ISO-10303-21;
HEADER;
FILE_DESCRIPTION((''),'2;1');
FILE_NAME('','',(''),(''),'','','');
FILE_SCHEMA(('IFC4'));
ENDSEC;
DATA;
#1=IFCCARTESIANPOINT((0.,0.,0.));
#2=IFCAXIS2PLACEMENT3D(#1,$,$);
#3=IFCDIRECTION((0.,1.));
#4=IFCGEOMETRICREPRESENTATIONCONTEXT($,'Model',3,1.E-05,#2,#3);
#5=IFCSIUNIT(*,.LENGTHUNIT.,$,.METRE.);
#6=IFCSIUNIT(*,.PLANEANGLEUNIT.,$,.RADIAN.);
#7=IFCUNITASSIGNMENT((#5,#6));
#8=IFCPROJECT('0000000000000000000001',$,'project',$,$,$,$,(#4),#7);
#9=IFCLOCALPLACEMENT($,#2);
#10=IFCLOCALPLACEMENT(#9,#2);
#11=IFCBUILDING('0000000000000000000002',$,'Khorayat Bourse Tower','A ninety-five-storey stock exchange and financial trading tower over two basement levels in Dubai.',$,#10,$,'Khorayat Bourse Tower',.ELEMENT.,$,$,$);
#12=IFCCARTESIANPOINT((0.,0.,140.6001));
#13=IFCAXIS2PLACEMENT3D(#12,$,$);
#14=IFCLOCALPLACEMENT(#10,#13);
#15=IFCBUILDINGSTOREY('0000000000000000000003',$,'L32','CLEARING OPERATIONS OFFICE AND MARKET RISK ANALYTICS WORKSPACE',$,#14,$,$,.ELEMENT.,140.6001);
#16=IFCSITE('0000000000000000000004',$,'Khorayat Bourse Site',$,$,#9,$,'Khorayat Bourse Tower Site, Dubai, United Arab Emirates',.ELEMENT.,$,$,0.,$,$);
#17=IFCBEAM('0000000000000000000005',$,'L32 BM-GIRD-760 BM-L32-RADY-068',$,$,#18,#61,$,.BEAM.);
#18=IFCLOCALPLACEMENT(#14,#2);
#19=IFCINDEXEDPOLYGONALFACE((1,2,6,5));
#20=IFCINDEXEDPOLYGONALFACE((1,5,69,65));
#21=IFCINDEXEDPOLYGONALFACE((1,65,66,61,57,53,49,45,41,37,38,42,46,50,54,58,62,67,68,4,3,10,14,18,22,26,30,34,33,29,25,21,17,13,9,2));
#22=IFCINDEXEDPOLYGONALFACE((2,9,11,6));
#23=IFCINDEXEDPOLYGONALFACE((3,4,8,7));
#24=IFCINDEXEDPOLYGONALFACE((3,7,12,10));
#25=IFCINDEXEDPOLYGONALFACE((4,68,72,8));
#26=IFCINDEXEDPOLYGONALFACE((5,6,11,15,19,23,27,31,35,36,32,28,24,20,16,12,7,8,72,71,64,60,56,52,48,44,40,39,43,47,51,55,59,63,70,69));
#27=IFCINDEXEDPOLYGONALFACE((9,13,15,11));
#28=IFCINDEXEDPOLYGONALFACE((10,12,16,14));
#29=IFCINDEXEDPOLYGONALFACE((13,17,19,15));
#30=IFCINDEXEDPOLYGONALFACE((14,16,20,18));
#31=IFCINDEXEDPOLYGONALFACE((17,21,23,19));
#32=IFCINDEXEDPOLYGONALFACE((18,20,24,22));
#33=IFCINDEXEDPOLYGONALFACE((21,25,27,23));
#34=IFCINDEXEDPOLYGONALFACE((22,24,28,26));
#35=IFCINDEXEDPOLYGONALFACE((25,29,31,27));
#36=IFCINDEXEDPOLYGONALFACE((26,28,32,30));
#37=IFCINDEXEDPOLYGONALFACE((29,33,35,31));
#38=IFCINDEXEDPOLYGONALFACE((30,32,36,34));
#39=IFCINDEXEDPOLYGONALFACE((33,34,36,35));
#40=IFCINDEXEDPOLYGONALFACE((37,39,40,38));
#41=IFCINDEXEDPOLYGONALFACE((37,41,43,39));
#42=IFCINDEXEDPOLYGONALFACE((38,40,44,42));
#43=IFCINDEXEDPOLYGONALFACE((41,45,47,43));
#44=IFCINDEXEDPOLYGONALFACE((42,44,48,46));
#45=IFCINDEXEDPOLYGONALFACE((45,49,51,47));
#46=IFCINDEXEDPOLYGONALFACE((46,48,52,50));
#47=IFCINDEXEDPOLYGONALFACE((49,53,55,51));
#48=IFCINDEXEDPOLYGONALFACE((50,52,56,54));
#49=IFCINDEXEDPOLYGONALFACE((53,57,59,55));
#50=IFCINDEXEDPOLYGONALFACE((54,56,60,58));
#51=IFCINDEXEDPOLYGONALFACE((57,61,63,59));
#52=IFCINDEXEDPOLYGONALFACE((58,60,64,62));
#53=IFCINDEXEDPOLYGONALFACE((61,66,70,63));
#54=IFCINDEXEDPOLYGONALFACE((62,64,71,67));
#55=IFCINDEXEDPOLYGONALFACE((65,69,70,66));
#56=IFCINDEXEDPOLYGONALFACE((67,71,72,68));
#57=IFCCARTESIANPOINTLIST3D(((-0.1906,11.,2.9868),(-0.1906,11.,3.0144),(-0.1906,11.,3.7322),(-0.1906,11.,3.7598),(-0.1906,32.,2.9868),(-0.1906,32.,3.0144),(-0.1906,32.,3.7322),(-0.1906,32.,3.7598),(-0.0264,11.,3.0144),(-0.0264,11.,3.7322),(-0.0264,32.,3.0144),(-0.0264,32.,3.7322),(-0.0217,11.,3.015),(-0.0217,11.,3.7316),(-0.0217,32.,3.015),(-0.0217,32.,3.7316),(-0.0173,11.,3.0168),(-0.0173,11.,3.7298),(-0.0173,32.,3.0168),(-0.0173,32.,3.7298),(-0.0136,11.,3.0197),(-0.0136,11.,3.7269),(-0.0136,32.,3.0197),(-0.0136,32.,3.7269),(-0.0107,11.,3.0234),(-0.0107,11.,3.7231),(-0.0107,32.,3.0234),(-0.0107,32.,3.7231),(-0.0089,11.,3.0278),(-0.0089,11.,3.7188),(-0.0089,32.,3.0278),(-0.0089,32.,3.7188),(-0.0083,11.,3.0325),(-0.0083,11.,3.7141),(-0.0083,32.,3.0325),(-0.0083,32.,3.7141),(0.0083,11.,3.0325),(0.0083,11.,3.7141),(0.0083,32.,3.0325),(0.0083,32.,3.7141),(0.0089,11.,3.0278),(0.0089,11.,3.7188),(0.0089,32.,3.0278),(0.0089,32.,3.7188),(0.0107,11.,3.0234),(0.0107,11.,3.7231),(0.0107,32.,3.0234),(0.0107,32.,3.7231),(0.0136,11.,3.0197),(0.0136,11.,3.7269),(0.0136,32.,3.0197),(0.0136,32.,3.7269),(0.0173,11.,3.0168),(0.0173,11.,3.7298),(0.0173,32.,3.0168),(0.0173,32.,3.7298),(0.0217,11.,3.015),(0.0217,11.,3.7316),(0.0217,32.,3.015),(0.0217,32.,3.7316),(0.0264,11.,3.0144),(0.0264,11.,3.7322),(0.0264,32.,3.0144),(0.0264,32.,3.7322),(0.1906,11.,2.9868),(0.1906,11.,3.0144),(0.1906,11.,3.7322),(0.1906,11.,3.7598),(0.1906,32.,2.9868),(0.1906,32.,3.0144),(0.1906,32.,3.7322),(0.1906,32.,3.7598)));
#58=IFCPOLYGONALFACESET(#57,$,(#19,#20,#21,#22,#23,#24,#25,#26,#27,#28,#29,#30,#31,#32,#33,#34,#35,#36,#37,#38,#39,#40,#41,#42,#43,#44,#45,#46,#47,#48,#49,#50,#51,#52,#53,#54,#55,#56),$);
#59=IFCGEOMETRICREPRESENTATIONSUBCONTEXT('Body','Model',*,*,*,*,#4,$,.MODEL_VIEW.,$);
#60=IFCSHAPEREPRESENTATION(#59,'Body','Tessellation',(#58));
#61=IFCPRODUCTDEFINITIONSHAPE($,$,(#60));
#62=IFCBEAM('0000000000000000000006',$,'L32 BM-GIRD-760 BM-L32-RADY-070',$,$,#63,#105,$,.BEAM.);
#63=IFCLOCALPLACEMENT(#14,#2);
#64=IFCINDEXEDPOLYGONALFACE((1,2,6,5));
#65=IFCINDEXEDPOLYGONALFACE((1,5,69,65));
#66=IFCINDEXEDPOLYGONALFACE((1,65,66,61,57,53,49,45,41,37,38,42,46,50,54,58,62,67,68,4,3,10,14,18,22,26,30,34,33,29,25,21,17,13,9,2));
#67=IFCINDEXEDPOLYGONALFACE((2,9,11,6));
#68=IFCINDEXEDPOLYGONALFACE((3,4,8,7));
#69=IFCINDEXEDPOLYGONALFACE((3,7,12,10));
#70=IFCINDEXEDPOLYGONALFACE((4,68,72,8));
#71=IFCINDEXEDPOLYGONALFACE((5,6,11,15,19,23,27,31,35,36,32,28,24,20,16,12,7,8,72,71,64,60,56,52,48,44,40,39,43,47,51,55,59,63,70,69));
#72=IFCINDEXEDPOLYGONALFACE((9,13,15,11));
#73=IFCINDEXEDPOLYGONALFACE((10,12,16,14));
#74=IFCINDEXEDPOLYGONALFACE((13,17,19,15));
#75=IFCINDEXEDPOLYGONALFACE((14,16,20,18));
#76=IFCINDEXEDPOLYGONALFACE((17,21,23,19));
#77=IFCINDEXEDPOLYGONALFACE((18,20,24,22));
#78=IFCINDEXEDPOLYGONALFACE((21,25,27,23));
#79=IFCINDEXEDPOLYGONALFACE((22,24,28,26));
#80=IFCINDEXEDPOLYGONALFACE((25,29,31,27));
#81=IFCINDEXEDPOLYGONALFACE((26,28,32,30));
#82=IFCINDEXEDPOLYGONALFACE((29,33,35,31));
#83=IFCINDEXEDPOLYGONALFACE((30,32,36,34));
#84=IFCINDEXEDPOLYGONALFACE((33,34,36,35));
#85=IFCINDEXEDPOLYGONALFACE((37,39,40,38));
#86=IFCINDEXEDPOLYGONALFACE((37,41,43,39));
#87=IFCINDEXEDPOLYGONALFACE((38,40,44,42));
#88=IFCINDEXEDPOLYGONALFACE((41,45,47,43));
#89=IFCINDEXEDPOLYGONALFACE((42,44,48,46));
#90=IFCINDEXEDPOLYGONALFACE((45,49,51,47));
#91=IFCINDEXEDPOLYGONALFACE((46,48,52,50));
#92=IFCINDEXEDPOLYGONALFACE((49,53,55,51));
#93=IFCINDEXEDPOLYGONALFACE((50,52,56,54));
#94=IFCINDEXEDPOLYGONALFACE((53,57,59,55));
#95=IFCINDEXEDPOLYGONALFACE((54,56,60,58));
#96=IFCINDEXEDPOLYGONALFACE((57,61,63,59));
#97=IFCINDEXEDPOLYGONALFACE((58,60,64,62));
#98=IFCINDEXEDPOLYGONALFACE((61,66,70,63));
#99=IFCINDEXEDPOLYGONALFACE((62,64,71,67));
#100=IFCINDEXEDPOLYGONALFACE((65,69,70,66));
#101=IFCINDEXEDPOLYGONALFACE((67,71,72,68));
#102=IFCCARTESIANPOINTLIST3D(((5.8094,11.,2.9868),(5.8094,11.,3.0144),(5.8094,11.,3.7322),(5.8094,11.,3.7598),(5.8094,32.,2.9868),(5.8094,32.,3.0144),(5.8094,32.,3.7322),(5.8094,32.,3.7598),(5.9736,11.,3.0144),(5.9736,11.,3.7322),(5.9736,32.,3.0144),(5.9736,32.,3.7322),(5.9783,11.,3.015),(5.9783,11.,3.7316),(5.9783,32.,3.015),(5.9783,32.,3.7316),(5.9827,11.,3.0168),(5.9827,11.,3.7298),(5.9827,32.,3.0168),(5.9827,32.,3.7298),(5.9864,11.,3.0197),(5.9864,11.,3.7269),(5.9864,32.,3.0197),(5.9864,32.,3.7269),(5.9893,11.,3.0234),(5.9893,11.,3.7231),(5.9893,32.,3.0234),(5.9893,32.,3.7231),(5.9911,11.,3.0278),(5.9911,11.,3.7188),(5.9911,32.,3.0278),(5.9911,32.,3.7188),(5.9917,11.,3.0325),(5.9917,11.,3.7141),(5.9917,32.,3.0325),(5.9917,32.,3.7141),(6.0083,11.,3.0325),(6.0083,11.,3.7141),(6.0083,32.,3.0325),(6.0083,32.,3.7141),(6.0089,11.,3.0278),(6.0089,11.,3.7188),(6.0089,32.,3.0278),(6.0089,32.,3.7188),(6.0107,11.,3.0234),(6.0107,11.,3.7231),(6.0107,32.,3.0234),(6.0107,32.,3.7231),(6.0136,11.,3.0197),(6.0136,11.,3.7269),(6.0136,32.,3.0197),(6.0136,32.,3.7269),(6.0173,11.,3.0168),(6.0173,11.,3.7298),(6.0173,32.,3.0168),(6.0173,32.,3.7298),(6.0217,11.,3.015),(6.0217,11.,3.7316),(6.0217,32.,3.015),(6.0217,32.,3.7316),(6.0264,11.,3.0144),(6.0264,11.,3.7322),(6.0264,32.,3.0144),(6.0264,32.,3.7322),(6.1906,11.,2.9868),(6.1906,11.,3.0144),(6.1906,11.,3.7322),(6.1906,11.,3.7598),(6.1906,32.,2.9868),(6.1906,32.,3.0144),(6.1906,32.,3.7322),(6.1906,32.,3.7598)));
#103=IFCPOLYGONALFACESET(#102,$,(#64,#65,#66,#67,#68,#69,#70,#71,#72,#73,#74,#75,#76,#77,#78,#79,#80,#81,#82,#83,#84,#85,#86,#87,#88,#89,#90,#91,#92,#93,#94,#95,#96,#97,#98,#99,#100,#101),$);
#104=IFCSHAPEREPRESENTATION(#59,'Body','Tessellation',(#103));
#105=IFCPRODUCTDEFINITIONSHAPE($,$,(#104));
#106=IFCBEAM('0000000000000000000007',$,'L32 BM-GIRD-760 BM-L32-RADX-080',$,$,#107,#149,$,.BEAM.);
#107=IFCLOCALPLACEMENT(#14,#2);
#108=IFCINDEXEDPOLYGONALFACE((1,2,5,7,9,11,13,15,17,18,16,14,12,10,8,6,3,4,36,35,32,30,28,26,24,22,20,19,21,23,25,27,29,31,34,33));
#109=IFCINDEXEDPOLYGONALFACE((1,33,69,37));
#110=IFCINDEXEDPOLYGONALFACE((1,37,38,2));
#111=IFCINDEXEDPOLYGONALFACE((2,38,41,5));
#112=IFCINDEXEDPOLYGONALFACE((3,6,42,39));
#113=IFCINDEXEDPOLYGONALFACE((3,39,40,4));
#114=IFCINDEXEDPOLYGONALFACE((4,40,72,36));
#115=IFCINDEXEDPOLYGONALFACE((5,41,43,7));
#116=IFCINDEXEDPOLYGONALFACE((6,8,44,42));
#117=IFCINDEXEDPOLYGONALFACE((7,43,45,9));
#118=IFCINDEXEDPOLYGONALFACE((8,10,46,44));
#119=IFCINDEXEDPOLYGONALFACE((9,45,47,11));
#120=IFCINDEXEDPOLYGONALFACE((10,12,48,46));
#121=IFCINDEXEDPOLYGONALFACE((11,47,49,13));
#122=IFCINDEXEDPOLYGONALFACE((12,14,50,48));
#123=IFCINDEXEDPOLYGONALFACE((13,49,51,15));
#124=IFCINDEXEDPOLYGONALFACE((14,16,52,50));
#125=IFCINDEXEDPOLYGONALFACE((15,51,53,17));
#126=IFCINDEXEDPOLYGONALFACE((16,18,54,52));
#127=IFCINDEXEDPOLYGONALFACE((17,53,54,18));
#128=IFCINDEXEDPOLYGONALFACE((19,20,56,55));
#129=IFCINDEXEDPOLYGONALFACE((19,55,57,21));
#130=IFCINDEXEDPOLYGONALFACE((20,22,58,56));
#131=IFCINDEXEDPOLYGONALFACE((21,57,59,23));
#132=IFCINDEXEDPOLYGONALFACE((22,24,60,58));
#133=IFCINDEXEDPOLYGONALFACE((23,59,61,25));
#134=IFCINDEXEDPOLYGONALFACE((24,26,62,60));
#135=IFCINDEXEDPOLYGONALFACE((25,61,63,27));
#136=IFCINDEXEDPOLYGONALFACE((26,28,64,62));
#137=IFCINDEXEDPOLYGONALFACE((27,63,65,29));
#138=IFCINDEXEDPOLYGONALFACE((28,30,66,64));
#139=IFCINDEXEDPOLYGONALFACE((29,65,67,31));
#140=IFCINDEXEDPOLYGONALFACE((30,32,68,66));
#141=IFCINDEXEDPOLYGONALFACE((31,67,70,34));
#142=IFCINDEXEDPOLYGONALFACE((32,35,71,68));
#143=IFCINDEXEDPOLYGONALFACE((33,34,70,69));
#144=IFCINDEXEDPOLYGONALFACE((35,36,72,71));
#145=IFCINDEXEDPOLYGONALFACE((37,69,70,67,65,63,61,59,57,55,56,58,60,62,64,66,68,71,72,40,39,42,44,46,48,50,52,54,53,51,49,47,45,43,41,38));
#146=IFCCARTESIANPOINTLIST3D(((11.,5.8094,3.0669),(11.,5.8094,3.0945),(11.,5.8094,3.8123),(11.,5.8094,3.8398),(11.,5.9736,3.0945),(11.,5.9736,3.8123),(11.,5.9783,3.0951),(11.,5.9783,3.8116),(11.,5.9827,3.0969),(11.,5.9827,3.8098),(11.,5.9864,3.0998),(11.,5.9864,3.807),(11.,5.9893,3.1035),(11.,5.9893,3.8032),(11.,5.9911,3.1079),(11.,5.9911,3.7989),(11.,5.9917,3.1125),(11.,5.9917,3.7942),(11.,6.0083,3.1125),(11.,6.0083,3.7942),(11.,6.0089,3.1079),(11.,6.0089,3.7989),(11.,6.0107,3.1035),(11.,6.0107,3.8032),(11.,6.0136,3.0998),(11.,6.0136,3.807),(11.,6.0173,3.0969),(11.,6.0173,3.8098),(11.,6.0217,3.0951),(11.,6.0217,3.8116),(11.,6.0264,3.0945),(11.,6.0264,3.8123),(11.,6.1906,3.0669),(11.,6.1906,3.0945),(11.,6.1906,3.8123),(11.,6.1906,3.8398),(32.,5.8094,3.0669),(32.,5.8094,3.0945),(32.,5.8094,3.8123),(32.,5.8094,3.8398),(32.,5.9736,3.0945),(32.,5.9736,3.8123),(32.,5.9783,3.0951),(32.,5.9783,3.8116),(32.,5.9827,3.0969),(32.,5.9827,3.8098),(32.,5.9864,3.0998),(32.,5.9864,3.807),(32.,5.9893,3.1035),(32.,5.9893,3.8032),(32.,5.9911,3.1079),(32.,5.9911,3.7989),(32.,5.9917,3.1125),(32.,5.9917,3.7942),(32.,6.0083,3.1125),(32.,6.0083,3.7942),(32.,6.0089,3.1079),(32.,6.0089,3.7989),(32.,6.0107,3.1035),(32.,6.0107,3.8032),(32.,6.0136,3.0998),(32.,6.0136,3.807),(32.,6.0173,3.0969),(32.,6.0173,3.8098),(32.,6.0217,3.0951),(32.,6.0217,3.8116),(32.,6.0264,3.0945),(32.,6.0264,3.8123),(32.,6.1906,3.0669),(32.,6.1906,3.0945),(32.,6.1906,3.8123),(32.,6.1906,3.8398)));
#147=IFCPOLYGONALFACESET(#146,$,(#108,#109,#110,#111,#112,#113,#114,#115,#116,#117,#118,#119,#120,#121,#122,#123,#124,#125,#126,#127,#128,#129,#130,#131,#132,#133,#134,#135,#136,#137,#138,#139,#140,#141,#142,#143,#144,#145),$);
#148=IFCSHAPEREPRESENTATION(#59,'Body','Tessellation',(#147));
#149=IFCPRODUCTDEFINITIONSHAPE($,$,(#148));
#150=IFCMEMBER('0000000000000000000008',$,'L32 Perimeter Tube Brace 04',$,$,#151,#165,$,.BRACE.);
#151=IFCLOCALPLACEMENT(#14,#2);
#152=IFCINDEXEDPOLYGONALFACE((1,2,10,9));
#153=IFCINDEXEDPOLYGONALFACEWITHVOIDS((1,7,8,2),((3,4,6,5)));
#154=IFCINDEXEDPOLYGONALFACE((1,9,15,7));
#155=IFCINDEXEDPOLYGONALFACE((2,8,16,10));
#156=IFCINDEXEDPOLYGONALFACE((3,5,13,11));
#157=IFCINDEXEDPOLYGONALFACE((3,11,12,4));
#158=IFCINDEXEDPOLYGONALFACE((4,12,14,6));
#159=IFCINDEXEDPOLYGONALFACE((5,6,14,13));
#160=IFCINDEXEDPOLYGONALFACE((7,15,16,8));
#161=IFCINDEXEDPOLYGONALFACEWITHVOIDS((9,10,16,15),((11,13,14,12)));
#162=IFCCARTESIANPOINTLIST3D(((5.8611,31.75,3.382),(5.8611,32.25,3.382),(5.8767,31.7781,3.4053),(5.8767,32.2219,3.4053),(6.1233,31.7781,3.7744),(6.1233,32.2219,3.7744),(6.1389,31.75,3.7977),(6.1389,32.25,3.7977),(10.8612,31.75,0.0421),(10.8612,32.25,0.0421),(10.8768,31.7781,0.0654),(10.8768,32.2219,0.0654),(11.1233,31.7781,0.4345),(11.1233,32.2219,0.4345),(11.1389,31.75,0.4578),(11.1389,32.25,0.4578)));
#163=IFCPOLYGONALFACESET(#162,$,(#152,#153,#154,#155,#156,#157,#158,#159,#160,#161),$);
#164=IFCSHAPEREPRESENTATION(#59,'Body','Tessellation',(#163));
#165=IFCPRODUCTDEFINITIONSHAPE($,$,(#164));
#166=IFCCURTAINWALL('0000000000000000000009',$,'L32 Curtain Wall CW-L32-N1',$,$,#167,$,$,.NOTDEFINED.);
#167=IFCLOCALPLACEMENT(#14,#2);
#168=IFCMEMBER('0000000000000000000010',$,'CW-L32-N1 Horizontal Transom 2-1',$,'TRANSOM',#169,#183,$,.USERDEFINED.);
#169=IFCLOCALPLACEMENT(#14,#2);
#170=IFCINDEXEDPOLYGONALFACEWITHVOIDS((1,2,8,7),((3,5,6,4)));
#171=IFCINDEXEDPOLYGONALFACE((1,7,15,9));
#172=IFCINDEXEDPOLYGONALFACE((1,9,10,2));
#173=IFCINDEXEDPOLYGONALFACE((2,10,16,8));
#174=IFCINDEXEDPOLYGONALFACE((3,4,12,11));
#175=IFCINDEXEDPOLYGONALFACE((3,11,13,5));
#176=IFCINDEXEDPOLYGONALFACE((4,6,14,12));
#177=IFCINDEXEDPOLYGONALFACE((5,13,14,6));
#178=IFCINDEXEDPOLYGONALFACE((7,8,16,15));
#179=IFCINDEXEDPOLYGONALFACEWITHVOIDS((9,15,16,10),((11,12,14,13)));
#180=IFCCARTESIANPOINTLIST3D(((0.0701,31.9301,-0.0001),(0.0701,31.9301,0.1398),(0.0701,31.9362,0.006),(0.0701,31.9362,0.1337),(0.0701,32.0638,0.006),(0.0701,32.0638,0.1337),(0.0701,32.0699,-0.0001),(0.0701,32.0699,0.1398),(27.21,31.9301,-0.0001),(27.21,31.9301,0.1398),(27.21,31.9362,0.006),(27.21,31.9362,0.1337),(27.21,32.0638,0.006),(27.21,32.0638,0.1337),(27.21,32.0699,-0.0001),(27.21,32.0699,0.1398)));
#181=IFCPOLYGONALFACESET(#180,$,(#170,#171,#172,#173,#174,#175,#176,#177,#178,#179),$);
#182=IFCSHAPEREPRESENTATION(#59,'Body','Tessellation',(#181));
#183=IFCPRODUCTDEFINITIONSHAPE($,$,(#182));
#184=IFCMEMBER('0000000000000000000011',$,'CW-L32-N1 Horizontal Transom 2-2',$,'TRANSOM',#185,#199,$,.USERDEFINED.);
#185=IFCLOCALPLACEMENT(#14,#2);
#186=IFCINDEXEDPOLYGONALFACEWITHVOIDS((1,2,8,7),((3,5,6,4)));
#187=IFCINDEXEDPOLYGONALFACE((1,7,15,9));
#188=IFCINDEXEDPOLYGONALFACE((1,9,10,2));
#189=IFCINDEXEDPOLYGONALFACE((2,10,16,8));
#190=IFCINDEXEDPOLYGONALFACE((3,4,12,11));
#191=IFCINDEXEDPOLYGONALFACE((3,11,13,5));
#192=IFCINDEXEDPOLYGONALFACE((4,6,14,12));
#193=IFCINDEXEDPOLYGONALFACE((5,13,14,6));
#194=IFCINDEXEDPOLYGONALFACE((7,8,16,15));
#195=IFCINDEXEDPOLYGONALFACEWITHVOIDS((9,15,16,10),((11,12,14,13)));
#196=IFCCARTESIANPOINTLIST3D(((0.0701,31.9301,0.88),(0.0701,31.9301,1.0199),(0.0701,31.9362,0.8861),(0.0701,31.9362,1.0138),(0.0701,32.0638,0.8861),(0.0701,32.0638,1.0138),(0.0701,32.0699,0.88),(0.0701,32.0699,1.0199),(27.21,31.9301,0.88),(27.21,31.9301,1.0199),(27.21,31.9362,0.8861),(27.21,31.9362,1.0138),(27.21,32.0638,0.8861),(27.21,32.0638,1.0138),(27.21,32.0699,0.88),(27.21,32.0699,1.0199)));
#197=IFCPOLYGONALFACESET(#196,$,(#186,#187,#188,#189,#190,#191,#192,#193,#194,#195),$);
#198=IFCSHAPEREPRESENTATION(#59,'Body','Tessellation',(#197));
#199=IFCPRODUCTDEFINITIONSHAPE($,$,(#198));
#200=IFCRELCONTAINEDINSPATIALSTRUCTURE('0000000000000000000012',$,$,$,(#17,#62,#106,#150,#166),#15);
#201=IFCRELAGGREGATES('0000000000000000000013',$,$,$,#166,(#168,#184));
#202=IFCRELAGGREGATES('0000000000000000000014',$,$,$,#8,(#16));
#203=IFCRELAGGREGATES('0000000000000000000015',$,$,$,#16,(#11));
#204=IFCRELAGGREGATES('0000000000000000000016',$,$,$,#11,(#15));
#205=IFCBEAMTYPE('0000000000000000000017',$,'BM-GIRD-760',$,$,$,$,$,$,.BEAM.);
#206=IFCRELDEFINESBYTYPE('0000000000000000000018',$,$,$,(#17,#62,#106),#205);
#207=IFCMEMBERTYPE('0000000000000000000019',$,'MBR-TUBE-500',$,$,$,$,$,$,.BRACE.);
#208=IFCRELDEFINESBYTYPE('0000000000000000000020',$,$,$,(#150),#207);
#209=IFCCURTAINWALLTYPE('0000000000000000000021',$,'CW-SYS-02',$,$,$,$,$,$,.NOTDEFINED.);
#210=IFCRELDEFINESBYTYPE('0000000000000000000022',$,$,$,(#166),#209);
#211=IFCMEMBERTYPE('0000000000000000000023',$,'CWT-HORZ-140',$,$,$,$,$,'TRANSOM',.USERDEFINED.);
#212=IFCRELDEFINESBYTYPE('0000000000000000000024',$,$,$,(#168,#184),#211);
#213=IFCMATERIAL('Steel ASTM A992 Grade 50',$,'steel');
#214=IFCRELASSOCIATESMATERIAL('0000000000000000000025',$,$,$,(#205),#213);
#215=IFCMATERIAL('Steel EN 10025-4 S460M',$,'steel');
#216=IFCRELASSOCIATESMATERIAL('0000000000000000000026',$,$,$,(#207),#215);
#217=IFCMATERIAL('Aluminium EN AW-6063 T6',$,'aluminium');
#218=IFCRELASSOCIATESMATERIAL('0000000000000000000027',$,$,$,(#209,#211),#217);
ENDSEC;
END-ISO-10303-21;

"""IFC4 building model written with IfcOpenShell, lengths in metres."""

from ifc_helpers import new_model, si_unit, direction, frame, origin, origin_2d, place, context, subcontext, project, spatial, hollow_rectangle, i_section, extrude, source, transform, mapped, material, material_profile, profile_set, type_object, element, aggregate, save


model = new_model("IFC4")

# Units and contexts
model_context = context("Model", 3, precision=1e-05, world=origin(), true_north=direction((0.0, 1.0)))
body_context = subcontext(model_context, "Body", "Model", "MODEL_VIEW")
ifc_project = project(units=[si_unit("LENGTHUNIT", "METRE"), si_unit("PLANEANGLEUNIT", "RADIAN")], contexts=[model_context])

# Site, building, storey
site_placement = place(None, origin())
site = spatial("IfcSite", under=ifc_project, at=site_placement, Name="Khorayat Bourse Site", LongName="Khorayat Bourse Tower Site, Dubai, United Arab Emirates", CompositionType="ELEMENT", RefElevation=0.0)
building_placement = place(site_placement, origin())
building = spatial("IfcBuilding", under=site, at=building_placement, Name="Khorayat Bourse Tower", Description="A ninety-five-storey stock exchange and financial trading tower over two basement levels in Dubai.", LongName="Khorayat Bourse Tower", CompositionType="ELEMENT")
storey_placement = place(building_placement, frame((0.0, 0.0, 140.6001)))
storey = spatial("IfcBuildingStorey", under=building, at=storey_placement, Name="L32", Description="CLEARING OPERATIONS OFFICE AND MARKET RISK ANALYTICS WORKSPACE", CompositionType="ELEMENT", Elevation=140.6001)

# Shared definitions
ifc_material_1 = material(Name="Steel EN 10025-4 S460M", Category="steel")

# Beams
ifc_material_2 = material(Name="Steel ASTM A992 Grade 50", Category="steel")
ifc_material_profile_1 = material_profile(ifc_material_2, i_section(OverallWidth=0.3811, OverallDepth=0.7729, WebThickness=0.0166, FlangeThickness=0.0276, FilletRadius=0.0181, at=origin_2d()), Name="W760X257")
ifc_profile_set_1 = profile_set([ifc_material_profile_1], Name="Steel ASTM A992 Grade 50")
beam_type_1 = type_object("IfcBeamType", Name="BM-GIRD-760", PredefinedType="BEAM", material=ifc_profile_set_1)
shared_shape_1 = source(origin(), body_context, "Body", "SweptSolid", [
    extrude(i_section(OverallWidth=0.3811, OverallDepth=0.7729, WebThickness=0.0166, FlangeThickness=0.0276, FilletRadius=0.0181, at=origin_2d()), origin(), (0.0, 0.0, 1.0), 21.0),
])
for number, where, z_axis, x_axis, name in (
    (1, (0.0, 11.0, 3.3733), (0.0, 1.0, 0.0), (-1.0, 0.0, 0.0), "L32 BM-GIRD-760 BM-L32-RADY-068"),
    (2, (6.0, 11.0, 3.3733), (0.0, 1.0, 0.0), (-1.0, 0.0, 0.0), "L32 BM-GIRD-760 BM-L32-RADY-070"),
    (3, (11.0, 6.0, 3.4534), (1.0, 0.0, 0.0), (0.0, 1.0, 0.0), "L32 BM-GIRD-760 BM-L32-RADX-080"),
):
    element("IfcBeam", number, at=place(storey_placement, frame(where, z_axis=z_axis, x_axis=x_axis)), inside=storey, type_object=beam_type_1, Name=name, PredefinedType="BEAM", context=body_context, shape_type="MappedRepresentation", body=[
        mapped(shared_shape_1, transform((0.0, 0.0, 0.0), scale=1.0)),
    ])

# Member
ifc_material_profile_2 = material_profile(ifc_material_1, hollow_rectangle(XDim=0.5, YDim=0.5, WallThickness=0.0281, at=origin_2d()), Name="HSS 500x500x28")
ifc_profile_set_2 = profile_set([ifc_material_profile_2], Name="Steel EN 10025-4 S460M")
member_type_1 = type_object("IfcMemberType", Name="MBR-TUBE-500", PredefinedType="BRACE", material=ifc_profile_set_2)
shared_shape_2 = source(origin(), body_context, "Body", "SweptSolid", [
    extrude(hollow_rectangle(XDim=0.5, YDim=0.5, WallThickness=0.0281, at=origin_2d()), origin(), (0.0, 0.0, 1.0), 6.0129),
])
member_1_placement = place(storey_placement, frame((6.0, 32.0, 3.5898), z_axis=(0.83155, 0.0, -0.55545), x_axis=(0.0, 1.0, 0.0)))
element("IfcMember", 4, at=member_1_placement, inside=storey, type_object=member_type_1, Name="L32 Perimeter Tube Brace 04", PredefinedType="BRACE", context=body_context, shape_type="MappedRepresentation", body=[
    mapped(shared_shape_2, transform((0.0, 0.0, 0.0), scale=1.0)),
])

# Curtain wall, members
ifc_material_3 = material(Name="Aluminium EN AW-6063 T6", Category="aluminium")
curtain_wall_type = type_object("IfcCurtainWallType", Name="CW-SYS-02", PredefinedType="NOTDEFINED", material=ifc_material_3)
curtain_wall_placement = place(storey_placement, origin())
curtain_wall = element("IfcCurtainWall", 5, at=curtain_wall_placement, inside=storey, type_object=curtain_wall_type, Name="L32 Curtain Wall CW-L32-N1", PredefinedType="NOTDEFINED")
ifc_material_profile_3 = material_profile(ifc_material_3, hollow_rectangle(XDim=0.1399, YDim=0.1399, WallThickness=0.0061, at=origin_2d()), Name="ALU 140x140x6")
ifc_profile_set_3 = profile_set([ifc_material_profile_3], Name="Aluminium EN AW-6063 T6")
member_type_2 = type_object("IfcMemberType", Name="CWT-HORZ-140", ElementType="TRANSOM", PredefinedType="USERDEFINED", material=ifc_profile_set_3)
shared_shape_3 = source(origin(), body_context, "Body", "SweptSolid", [
    extrude(hollow_rectangle(XDim=0.1399, YDim=0.1399, WallThickness=0.0061, at=origin_2d()), origin(), (0.0, 0.0, 1.0), 27.1399),
])
member_2_placement = place(storey_placement, frame((0.0701, 32.0, 0.0698), z_axis=(1.0, 0.0, 0.0), x_axis=(0.0, 1.0, 0.0)))
member_2 = element("IfcMember", 6, at=member_2_placement, type_object=member_type_2, Name="CW-L32-N1 Horizontal Transom 2-1", ObjectType="TRANSOM", PredefinedType="USERDEFINED", context=body_context, shape_type="MappedRepresentation", body=[
    mapped(shared_shape_3, transform((0.0, 0.0, 0.0), scale=1.0)),
])
member_3_placement = place(storey_placement, frame((0.0701, 32.0, 0.95), z_axis=(1.0, 0.0, 0.0), x_axis=(0.0, 1.0, 0.0)))
member_3 = element("IfcMember", 7, at=member_3_placement, type_object=member_type_2, Name="CW-L32-N1 Horizontal Transom 2-2", ObjectType="TRANSOM", PredefinedType="USERDEFINED", context=body_context, shape_type="MappedRepresentation", body=[
    mapped(shared_shape_3, transform((0.0, 0.0, 0.0), scale=1.0)),
])
aggregate(curtain_wall, [member_2, member_3])

save(model, "model.ifc")
